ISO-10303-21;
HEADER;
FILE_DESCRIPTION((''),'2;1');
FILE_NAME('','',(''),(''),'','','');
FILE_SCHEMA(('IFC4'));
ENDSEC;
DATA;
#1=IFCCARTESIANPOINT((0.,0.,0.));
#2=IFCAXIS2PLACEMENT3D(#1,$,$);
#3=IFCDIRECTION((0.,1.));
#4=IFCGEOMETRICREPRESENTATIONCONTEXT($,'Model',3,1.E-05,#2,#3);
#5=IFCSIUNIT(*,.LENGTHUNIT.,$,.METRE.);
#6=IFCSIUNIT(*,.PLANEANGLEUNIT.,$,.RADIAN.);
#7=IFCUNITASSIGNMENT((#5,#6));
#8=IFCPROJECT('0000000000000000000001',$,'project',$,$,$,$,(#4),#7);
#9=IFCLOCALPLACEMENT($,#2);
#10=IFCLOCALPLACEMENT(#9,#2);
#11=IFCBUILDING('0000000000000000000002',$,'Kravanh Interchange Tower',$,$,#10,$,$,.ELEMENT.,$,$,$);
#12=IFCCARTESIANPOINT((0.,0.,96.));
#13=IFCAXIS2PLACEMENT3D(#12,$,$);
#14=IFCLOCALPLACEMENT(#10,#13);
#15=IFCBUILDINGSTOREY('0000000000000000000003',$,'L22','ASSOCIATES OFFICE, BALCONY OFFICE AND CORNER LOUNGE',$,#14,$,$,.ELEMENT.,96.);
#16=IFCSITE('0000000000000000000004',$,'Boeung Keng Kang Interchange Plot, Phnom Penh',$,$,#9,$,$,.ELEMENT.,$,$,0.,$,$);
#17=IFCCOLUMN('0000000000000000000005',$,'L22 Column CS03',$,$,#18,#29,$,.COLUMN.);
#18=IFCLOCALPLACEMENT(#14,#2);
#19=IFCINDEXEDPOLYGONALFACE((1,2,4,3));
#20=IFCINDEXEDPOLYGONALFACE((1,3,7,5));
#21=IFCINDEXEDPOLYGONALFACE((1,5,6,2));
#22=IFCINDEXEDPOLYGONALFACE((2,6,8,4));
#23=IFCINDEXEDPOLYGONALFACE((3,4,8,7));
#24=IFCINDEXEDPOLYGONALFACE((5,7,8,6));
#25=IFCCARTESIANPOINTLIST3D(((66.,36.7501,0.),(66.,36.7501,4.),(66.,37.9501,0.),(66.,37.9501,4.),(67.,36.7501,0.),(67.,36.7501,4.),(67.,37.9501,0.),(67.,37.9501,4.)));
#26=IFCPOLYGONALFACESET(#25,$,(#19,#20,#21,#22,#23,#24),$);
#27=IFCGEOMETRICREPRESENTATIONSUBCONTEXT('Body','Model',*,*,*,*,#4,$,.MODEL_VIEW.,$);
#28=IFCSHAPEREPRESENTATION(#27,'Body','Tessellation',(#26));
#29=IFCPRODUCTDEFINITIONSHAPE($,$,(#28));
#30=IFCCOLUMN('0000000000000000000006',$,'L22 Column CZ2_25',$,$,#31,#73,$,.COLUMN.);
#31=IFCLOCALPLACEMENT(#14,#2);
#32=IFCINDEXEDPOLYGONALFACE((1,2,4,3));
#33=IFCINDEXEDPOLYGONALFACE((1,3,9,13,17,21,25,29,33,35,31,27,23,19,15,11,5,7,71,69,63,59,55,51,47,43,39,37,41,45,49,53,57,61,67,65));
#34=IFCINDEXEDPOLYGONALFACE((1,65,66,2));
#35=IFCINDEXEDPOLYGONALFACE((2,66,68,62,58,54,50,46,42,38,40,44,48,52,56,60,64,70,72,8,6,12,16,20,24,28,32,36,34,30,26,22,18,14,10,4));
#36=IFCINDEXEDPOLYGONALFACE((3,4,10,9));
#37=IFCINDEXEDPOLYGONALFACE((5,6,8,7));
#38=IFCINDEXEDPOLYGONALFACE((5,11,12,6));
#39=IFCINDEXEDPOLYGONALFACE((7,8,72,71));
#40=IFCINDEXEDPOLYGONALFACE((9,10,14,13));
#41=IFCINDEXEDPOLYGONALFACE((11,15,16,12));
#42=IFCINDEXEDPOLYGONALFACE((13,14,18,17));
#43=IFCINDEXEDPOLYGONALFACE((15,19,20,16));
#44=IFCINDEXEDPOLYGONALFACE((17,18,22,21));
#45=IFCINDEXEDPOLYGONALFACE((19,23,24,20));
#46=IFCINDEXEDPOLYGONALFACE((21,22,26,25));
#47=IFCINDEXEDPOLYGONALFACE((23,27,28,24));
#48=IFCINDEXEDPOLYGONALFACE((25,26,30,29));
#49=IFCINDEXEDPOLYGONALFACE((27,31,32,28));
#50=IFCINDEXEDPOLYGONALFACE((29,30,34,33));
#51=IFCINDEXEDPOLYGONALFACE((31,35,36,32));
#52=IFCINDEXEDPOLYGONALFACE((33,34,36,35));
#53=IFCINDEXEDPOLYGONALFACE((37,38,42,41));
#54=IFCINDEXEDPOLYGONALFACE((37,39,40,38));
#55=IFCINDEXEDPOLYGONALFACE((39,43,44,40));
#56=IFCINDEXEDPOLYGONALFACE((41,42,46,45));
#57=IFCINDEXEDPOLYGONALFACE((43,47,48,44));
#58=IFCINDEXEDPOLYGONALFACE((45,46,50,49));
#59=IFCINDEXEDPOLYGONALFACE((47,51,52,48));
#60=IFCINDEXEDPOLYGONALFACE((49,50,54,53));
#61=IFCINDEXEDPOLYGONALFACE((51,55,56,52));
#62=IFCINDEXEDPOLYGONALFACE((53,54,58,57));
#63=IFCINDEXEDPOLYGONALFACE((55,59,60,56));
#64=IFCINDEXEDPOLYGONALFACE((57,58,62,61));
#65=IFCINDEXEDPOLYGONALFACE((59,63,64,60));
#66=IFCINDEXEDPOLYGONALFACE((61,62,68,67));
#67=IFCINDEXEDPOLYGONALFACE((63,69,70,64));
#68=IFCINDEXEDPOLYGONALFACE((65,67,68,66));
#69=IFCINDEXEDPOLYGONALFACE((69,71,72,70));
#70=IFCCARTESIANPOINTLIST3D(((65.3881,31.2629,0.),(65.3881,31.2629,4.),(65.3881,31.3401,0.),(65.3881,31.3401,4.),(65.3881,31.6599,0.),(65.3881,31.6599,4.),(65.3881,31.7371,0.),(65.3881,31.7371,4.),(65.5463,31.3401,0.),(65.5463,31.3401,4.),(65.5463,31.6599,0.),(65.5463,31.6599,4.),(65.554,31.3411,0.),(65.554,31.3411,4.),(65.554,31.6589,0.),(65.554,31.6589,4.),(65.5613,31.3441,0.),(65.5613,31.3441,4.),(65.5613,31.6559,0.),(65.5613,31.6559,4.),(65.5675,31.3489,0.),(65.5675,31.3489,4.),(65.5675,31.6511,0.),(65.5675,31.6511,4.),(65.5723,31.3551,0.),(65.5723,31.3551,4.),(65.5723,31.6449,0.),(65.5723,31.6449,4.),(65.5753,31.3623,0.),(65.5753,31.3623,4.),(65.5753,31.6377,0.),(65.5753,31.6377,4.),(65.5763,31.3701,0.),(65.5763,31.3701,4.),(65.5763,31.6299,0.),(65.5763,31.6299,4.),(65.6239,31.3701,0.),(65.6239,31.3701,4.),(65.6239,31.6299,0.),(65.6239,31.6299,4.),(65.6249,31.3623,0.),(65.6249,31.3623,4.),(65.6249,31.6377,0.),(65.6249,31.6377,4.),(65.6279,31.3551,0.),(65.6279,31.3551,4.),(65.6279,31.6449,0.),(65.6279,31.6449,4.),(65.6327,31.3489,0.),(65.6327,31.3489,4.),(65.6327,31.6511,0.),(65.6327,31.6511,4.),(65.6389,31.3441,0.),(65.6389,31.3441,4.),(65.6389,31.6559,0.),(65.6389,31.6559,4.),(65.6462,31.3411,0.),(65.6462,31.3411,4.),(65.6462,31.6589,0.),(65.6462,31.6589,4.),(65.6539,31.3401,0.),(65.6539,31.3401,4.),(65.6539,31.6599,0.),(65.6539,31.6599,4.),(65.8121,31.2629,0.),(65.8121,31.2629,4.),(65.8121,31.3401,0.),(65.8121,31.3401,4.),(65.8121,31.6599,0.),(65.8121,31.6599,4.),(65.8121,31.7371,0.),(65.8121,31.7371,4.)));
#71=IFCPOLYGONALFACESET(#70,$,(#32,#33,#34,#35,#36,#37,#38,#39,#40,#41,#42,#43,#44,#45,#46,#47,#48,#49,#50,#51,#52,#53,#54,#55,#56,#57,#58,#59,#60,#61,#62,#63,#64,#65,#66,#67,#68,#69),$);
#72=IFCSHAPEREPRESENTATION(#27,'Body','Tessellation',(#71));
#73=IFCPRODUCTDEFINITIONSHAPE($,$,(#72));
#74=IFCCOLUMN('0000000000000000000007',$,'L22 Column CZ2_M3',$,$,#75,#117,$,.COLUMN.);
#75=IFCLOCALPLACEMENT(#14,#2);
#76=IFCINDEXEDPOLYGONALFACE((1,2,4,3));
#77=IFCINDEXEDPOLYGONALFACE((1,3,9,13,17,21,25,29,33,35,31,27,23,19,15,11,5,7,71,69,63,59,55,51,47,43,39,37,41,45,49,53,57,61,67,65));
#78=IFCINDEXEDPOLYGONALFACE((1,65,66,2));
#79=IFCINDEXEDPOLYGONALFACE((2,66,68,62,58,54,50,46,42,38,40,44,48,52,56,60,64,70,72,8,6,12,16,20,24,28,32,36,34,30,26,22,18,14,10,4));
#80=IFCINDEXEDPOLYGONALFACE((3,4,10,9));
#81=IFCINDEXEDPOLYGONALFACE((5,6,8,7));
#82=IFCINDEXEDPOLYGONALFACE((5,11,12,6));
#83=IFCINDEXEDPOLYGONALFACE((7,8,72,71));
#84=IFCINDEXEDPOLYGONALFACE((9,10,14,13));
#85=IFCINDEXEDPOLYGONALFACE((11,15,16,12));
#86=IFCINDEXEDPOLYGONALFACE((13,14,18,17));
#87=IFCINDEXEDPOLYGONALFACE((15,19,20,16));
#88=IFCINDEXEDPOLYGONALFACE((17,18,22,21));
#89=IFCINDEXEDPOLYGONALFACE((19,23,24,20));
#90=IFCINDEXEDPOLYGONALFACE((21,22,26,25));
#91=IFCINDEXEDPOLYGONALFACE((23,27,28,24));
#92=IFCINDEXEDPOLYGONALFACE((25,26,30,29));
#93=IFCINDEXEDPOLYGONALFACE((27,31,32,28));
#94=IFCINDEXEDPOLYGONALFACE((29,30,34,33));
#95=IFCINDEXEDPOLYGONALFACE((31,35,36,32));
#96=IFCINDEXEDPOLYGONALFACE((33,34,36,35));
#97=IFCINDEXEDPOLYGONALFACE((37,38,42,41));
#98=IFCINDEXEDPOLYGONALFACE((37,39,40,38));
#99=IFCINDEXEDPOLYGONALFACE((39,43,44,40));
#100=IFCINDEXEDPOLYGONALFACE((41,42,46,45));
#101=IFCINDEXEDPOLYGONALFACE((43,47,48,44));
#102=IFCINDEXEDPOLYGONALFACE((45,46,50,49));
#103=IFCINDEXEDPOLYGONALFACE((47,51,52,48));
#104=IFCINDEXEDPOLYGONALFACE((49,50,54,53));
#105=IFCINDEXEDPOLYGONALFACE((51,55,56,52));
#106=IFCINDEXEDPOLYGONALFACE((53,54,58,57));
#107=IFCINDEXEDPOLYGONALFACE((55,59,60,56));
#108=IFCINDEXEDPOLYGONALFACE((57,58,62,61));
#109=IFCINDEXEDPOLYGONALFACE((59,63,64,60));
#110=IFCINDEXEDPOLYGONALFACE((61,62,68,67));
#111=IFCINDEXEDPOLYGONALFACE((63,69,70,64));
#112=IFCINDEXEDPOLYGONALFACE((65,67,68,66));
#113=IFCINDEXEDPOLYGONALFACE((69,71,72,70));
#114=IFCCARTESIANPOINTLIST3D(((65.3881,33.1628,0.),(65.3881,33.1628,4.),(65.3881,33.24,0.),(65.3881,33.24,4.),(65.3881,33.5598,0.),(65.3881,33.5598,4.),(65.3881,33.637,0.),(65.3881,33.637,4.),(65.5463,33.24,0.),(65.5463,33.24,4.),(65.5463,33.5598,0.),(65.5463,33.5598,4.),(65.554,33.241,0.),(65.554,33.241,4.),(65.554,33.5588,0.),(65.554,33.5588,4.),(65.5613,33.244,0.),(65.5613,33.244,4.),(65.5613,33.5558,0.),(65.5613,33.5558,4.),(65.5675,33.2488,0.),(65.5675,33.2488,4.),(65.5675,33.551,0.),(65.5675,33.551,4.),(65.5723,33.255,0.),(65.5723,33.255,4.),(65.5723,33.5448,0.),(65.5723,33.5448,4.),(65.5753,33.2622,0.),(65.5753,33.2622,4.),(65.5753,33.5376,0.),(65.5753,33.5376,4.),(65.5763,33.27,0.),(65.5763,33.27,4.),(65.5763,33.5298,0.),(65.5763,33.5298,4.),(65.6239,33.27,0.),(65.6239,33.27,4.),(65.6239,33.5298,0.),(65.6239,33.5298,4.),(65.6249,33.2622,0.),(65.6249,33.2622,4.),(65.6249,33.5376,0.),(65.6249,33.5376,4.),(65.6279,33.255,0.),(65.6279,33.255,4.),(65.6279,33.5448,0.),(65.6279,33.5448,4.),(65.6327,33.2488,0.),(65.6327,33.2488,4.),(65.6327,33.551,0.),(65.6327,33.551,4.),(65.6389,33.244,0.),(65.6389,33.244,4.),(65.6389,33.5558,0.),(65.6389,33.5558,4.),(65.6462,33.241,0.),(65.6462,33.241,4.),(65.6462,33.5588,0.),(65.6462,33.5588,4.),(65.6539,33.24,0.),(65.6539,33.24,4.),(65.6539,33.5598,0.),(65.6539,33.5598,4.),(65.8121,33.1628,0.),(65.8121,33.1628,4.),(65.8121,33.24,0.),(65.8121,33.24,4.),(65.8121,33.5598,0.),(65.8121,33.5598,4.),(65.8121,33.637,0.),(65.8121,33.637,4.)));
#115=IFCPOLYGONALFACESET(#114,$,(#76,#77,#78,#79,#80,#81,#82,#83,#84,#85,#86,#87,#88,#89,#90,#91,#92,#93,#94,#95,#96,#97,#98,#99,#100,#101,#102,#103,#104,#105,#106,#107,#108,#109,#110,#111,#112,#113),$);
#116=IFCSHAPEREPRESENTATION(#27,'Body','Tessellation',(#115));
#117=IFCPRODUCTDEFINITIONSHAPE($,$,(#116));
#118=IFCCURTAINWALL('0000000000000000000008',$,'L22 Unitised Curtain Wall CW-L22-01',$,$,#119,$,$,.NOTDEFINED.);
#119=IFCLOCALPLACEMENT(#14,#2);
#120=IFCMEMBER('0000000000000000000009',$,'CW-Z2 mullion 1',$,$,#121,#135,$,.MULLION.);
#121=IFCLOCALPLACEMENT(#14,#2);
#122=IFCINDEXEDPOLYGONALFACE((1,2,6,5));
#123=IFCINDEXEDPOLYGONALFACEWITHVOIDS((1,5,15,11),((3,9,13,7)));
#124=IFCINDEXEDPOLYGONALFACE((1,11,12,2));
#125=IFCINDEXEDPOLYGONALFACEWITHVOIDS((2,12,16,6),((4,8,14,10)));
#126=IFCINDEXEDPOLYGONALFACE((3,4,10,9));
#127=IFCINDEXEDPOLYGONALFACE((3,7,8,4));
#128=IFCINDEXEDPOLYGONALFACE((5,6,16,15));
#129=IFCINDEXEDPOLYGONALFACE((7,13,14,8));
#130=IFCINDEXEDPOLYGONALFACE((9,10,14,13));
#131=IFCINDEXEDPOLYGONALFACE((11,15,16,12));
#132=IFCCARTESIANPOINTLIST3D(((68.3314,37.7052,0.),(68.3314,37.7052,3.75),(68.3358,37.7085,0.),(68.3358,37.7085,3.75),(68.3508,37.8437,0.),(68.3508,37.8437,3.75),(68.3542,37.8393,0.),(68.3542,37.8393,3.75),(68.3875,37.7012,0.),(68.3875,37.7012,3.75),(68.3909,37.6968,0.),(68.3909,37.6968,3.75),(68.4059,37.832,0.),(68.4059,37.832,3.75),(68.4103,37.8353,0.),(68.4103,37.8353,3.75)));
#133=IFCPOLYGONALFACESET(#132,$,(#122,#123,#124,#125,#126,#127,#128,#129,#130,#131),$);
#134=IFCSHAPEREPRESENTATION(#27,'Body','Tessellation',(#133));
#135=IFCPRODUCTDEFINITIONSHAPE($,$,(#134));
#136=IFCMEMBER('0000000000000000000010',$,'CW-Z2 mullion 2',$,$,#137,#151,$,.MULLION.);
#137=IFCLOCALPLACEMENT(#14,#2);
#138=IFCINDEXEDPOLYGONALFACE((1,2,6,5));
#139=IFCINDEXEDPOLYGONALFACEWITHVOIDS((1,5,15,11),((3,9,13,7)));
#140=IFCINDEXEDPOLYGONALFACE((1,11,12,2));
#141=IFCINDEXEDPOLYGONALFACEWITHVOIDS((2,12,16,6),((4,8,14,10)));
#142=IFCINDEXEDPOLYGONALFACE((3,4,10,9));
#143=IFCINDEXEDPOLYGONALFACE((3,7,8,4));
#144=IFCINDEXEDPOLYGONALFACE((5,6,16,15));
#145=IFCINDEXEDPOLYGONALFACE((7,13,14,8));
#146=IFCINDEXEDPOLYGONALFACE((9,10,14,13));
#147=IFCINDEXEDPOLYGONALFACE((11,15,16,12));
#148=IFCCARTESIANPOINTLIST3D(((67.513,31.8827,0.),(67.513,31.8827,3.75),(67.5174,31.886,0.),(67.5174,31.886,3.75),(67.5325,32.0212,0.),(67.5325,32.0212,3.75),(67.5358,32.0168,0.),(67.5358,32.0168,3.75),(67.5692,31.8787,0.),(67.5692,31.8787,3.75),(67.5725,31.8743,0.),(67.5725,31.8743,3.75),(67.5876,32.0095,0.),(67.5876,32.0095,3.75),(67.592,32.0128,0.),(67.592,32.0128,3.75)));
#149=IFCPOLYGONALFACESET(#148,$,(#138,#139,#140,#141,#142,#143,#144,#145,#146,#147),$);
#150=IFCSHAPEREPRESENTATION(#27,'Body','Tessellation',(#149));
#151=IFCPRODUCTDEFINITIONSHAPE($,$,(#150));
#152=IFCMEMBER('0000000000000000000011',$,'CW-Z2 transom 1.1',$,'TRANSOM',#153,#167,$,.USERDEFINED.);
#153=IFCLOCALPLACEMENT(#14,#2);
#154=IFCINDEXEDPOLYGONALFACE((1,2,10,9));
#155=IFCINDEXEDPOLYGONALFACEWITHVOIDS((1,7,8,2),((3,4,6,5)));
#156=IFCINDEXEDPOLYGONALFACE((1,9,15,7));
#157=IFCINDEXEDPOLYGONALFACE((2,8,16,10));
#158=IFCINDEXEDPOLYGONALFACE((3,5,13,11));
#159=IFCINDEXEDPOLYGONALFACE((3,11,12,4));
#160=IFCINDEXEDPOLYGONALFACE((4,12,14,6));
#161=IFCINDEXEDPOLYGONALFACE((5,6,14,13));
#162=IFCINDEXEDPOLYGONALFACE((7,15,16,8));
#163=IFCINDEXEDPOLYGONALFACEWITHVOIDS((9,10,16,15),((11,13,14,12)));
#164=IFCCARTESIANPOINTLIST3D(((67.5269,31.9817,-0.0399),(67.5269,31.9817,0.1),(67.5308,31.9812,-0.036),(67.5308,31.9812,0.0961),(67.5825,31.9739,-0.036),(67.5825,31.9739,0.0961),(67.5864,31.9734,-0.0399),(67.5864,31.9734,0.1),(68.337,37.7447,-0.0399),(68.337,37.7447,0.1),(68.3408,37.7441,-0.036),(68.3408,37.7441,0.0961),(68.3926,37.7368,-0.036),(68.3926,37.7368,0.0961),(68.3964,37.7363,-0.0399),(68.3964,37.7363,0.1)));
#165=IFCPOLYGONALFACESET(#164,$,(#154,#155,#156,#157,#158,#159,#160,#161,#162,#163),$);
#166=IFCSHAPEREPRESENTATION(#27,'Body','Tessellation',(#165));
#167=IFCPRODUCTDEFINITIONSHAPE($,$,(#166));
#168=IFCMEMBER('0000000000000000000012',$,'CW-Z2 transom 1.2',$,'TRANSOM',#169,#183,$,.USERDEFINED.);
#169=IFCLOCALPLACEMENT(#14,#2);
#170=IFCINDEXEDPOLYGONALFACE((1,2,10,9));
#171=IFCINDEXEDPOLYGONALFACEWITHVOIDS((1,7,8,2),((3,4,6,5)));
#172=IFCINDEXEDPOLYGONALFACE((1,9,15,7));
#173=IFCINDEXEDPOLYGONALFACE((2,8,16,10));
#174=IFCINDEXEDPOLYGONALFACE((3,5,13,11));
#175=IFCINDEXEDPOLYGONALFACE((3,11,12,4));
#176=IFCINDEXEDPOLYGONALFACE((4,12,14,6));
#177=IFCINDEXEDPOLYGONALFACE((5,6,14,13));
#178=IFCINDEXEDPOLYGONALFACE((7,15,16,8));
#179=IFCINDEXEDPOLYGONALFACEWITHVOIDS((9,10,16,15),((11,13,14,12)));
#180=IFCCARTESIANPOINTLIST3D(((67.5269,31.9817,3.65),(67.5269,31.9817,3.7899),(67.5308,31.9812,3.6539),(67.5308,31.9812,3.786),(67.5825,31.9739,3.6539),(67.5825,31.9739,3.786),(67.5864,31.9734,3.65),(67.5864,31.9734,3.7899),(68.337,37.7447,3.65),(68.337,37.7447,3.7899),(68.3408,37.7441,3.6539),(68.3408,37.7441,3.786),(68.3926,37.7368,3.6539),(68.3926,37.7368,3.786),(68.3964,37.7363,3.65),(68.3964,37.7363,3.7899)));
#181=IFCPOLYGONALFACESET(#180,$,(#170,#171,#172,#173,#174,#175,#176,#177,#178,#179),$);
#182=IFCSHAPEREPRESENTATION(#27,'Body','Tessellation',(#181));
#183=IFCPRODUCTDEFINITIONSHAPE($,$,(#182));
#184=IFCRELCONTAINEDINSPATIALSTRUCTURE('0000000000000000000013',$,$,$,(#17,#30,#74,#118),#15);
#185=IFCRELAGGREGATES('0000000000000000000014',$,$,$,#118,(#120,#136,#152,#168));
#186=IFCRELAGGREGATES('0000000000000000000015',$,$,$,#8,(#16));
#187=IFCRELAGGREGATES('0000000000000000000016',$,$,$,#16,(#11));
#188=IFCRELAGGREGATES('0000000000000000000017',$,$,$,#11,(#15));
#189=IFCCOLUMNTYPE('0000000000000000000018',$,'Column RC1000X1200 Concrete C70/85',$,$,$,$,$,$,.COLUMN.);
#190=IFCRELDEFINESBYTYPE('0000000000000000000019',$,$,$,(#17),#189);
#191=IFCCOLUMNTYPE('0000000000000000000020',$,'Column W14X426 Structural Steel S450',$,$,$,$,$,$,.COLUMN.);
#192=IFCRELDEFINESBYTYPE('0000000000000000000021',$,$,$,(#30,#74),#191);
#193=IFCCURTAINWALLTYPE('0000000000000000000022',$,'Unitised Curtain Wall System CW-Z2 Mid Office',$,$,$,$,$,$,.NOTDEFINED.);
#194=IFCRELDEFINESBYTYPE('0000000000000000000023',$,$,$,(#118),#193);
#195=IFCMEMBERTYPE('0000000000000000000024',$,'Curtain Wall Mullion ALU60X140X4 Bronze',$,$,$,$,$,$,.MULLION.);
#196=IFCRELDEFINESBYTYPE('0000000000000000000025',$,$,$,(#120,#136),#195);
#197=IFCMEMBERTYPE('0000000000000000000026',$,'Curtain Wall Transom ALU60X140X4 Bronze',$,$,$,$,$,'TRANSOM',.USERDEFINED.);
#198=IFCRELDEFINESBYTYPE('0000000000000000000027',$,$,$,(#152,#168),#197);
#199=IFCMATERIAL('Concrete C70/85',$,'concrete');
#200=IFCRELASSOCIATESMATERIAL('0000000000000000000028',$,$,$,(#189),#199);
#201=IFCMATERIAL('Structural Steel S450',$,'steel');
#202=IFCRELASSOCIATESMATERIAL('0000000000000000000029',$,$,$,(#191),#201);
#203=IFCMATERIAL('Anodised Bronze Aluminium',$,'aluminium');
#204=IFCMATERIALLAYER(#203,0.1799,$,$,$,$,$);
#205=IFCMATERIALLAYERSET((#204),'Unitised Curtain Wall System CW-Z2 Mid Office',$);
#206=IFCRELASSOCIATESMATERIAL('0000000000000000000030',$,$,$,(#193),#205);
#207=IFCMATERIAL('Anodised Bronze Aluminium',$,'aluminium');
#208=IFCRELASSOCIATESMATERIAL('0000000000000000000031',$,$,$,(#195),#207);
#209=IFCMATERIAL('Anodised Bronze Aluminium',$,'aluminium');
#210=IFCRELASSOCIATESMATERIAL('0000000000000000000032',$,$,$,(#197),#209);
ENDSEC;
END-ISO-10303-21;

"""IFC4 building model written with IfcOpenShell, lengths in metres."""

from ifc_helpers import new_model, si_unit, direction, frame, origin, origin_2d, place, context, subcontext, project, spatial, rectangle, hollow_rectangle, i_section, extrude, material, layer, layer_set, material_profile, profile_set, type_object, element, aggregate, save


model = new_model("IFC4")

# Units and contexts
model_context = context("Model", 3, precision=1e-05, world=origin(), true_north=direction((0.0, 1.0)))
body_context = subcontext(model_context, "Body", "Model", "MODEL_VIEW")
ifc_project = project(units=[si_unit("LENGTHUNIT", "METRE"), si_unit("PLANEANGLEUNIT", "RADIAN")], contexts=[model_context])

# Site, building, storey
site_placement = place(None, origin())
site = spatial("IfcSite", under=ifc_project, at=site_placement, Name="Boeung Keng Kang Interchange Plot, Phnom Penh", CompositionType="ELEMENT", RefElevation=0.0)
building_placement = place(site_placement, origin())
building = spatial("IfcBuilding", under=site, at=building_placement, Name="Kravanh Interchange Tower", CompositionType="ELEMENT")
storey_placement = place(building_placement, frame((0.0, 0.0, 96.0)))
storey = spatial("IfcBuildingStorey", under=building, at=storey_placement, Name="L22", Description="ASSOCIATES OFFICE, BALCONY OFFICE AND CORNER LOUNGE", CompositionType="ELEMENT", Elevation=96.0)

# Columns
ifc_material_1 = material(Name="Concrete C70/85", Category="concrete")
ifc_material_profile_1 = material_profile(ifc_material_1, rectangle(XDim=1.0, YDim=1.2, at=origin_2d()), Name="RC1000X1200")
ifc_profile_set_1 = profile_set([ifc_material_profile_1], Name="Concrete C70/85")
column_type_1 = type_object("IfcColumnType", Name="Column RC1000X1200 Concrete C70/85", PredefinedType="COLUMN", material=ifc_profile_set_1)
column_placement = place(storey_placement, frame((66.5, 37.3501, 0.0), z_axis=(0.0, 0.0, 1.0), x_axis=(1.0, 0.0, 0.0)))
element("IfcColumn", 1, at=column_placement, inside=storey, type_object=column_type_1, Name="L22 Column CS03", PredefinedType="COLUMN", context=body_context, shape_type="SweptSolid", body=[
    extrude(rectangle(XDim=1.0, YDim=1.2, at=origin_2d()), origin(), (0.0, 0.0, 1.0), 4.0),
])
ifc_material_2 = material(Name="Structural Steel S450", Category="steel")
ifc_material_profile_2 = material_profile(ifc_material_2, i_section(OverallWidth=0.4241, OverallDepth=0.4741, WebThickness=0.0476, FlangeThickness=0.0771, FilletRadius=0.03, at=origin_2d()), Name="W14X426")
ifc_profile_set_2 = profile_set([ifc_material_profile_2], Name="Structural Steel S450")
column_type_2 = type_object("IfcColumnType", Name="Column W14X426 Structural Steel S450", PredefinedType="COLUMN", material=ifc_profile_set_2)
for number, where, z_axis, x_axis, name in (
    (2, (65.6001, 31.5, 0.0), (0.0, 0.0, 1.0), (1.0, 0.0, 0.0), "L22 Column CZ2_25"),
    (3, (65.6001, 33.3999, 0.0), (0.0, 0.0, 1.0), (1.0, 0.0, 0.0), "L22 Column CZ2_M3"),
):
    element("IfcColumn", number, at=place(storey_placement, frame(where, z_axis=z_axis, x_axis=x_axis)), inside=storey, type_object=column_type_2, Name=name, PredefinedType="COLUMN", context=body_context, shape_type="SweptSolid", body=[
        extrude(i_section(OverallWidth=0.4241, OverallDepth=0.4741, WebThickness=0.0476, FlangeThickness=0.0771, FilletRadius=0.03, at=origin_2d()), origin(), (0.0, 0.0, 1.0), 4.0),
    ])

# Curtain wall, members
ifc_material_3 = material(Name="Anodised Bronze Aluminium", Category="aluminium")
ifc_layer_1 = layer(ifc_material_3, 0.1799)
ifc_layer_set_1 = layer_set([ifc_layer_1], Name="Unitised Curtain Wall System CW-Z2 Mid Office")
curtain_wall_type = type_object("IfcCurtainWallType", Name="Unitised Curtain Wall System CW-Z2 Mid Office", PredefinedType="NOTDEFINED", material=ifc_layer_set_1)
curtain_wall_placement = place(storey_placement, origin())
curtain_wall = element("IfcCurtainWall", 4, at=curtain_wall_placement, inside=storey, type_object=curtain_wall_type, Name="L22 Unitised Curtain Wall CW-L22-01", PredefinedType="NOTDEFINED")
ifc_material_4 = material(Name="Anodised Bronze Aluminium", Category="aluminium")
ifc_material_profile_3 = material_profile(ifc_material_4, hollow_rectangle(XDim=0.0601, YDim=0.1399, WallThickness=0.0039, at=origin_2d()), Name="ALU60X140X4")
ifc_profile_set_3 = profile_set([ifc_material_profile_3], Name="Anodised Bronze Aluminium")
member_type_1 = type_object("IfcMemberType", Name="Curtain Wall Mullion ALU60X140X4 Bronze", PredefinedType="MULLION", material=ifc_profile_set_3)
member_1_placement = place(storey_placement, frame((68.3708, 37.7703, 0.0), z_axis=(0.0, 0.0, 1.0), x_axis=(0.990268, -0.139173, 0.0)))
member_1 = element("IfcMember", 5, at=member_1_placement, type_object=member_type_1, Name="CW-Z2 mullion 1", PredefinedType="MULLION", context=body_context, shape_type="SweptSolid", body=[
    extrude(hollow_rectangle(XDim=0.0601, YDim=0.1399, WallThickness=0.0039, at=origin_2d()), origin(), (0.0, 0.0, 1.0), 3.75),
])
member_2_placement = place(storey_placement, frame((67.5525, 31.9478, 0.0), z_axis=(0.0, 0.0, 1.0), x_axis=(0.990268, -0.139173, 0.0)))
member_2 = element("IfcMember", 6, at=member_2_placement, type_object=member_type_1, Name="CW-Z2 mullion 2", PredefinedType="MULLION", context=body_context, shape_type="SweptSolid", body=[
    extrude(hollow_rectangle(XDim=0.0601, YDim=0.1399, WallThickness=0.0039, at=origin_2d()), origin(), (0.0, 0.0, 1.0), 3.75),
])
ifc_material_5 = material(Name="Anodised Bronze Aluminium", Category="aluminium")
ifc_material_profile_4 = material_profile(ifc_material_5, hollow_rectangle(XDim=0.0601, YDim=0.1399, WallThickness=0.0039, at=origin_2d()), Name="ALU60X140X4")
ifc_profile_set_4 = profile_set([ifc_material_profile_4], Name="Anodised Bronze Aluminium")
member_type_2 = type_object("IfcMemberType", Name="Curtain Wall Transom ALU60X140X4 Bronze", ElementType="TRANSOM", PredefinedType="USERDEFINED", material=ifc_profile_set_4)
member_3_placement = place(storey_placement, frame((68.3667, 37.7405, 0.03), z_axis=(-0.139195, -0.990265, 0.0), x_axis=(0.990265, -0.139195, 0.0)))
member_3 = element("IfcMember", 7, at=member_3_placement, type_object=member_type_2, Name="CW-Z2 transom 1.1", ObjectType="TRANSOM", PredefinedType="USERDEFINED", context=body_context, shape_type="SweptSolid", body=[
    extrude(hollow_rectangle(XDim=0.0601, YDim=0.1399, WallThickness=0.0039, at=origin_2d()), origin(), (0.0, 0.0, 1.0), 5.8196),
])
member_4_placement = place(storey_placement, frame((68.3667, 37.7405, 3.72), z_axis=(-0.139195, -0.990265, 0.0), x_axis=(0.990265, -0.139195, 0.0)))
member_4 = element("IfcMember", 8, at=member_4_placement, type_object=member_type_2, Name="CW-Z2 transom 1.2", ObjectType="TRANSOM", PredefinedType="USERDEFINED", context=body_context, shape_type="SweptSolid", body=[
    extrude(hollow_rectangle(XDim=0.0601, YDim=0.1399, WallThickness=0.0039, at=origin_2d()), origin(), (0.0, 0.0, 1.0), 5.8196),
])

aggregate(curtain_wall, [member_1, member_2, member_3, member_4])

save(model, "model.ifc")
